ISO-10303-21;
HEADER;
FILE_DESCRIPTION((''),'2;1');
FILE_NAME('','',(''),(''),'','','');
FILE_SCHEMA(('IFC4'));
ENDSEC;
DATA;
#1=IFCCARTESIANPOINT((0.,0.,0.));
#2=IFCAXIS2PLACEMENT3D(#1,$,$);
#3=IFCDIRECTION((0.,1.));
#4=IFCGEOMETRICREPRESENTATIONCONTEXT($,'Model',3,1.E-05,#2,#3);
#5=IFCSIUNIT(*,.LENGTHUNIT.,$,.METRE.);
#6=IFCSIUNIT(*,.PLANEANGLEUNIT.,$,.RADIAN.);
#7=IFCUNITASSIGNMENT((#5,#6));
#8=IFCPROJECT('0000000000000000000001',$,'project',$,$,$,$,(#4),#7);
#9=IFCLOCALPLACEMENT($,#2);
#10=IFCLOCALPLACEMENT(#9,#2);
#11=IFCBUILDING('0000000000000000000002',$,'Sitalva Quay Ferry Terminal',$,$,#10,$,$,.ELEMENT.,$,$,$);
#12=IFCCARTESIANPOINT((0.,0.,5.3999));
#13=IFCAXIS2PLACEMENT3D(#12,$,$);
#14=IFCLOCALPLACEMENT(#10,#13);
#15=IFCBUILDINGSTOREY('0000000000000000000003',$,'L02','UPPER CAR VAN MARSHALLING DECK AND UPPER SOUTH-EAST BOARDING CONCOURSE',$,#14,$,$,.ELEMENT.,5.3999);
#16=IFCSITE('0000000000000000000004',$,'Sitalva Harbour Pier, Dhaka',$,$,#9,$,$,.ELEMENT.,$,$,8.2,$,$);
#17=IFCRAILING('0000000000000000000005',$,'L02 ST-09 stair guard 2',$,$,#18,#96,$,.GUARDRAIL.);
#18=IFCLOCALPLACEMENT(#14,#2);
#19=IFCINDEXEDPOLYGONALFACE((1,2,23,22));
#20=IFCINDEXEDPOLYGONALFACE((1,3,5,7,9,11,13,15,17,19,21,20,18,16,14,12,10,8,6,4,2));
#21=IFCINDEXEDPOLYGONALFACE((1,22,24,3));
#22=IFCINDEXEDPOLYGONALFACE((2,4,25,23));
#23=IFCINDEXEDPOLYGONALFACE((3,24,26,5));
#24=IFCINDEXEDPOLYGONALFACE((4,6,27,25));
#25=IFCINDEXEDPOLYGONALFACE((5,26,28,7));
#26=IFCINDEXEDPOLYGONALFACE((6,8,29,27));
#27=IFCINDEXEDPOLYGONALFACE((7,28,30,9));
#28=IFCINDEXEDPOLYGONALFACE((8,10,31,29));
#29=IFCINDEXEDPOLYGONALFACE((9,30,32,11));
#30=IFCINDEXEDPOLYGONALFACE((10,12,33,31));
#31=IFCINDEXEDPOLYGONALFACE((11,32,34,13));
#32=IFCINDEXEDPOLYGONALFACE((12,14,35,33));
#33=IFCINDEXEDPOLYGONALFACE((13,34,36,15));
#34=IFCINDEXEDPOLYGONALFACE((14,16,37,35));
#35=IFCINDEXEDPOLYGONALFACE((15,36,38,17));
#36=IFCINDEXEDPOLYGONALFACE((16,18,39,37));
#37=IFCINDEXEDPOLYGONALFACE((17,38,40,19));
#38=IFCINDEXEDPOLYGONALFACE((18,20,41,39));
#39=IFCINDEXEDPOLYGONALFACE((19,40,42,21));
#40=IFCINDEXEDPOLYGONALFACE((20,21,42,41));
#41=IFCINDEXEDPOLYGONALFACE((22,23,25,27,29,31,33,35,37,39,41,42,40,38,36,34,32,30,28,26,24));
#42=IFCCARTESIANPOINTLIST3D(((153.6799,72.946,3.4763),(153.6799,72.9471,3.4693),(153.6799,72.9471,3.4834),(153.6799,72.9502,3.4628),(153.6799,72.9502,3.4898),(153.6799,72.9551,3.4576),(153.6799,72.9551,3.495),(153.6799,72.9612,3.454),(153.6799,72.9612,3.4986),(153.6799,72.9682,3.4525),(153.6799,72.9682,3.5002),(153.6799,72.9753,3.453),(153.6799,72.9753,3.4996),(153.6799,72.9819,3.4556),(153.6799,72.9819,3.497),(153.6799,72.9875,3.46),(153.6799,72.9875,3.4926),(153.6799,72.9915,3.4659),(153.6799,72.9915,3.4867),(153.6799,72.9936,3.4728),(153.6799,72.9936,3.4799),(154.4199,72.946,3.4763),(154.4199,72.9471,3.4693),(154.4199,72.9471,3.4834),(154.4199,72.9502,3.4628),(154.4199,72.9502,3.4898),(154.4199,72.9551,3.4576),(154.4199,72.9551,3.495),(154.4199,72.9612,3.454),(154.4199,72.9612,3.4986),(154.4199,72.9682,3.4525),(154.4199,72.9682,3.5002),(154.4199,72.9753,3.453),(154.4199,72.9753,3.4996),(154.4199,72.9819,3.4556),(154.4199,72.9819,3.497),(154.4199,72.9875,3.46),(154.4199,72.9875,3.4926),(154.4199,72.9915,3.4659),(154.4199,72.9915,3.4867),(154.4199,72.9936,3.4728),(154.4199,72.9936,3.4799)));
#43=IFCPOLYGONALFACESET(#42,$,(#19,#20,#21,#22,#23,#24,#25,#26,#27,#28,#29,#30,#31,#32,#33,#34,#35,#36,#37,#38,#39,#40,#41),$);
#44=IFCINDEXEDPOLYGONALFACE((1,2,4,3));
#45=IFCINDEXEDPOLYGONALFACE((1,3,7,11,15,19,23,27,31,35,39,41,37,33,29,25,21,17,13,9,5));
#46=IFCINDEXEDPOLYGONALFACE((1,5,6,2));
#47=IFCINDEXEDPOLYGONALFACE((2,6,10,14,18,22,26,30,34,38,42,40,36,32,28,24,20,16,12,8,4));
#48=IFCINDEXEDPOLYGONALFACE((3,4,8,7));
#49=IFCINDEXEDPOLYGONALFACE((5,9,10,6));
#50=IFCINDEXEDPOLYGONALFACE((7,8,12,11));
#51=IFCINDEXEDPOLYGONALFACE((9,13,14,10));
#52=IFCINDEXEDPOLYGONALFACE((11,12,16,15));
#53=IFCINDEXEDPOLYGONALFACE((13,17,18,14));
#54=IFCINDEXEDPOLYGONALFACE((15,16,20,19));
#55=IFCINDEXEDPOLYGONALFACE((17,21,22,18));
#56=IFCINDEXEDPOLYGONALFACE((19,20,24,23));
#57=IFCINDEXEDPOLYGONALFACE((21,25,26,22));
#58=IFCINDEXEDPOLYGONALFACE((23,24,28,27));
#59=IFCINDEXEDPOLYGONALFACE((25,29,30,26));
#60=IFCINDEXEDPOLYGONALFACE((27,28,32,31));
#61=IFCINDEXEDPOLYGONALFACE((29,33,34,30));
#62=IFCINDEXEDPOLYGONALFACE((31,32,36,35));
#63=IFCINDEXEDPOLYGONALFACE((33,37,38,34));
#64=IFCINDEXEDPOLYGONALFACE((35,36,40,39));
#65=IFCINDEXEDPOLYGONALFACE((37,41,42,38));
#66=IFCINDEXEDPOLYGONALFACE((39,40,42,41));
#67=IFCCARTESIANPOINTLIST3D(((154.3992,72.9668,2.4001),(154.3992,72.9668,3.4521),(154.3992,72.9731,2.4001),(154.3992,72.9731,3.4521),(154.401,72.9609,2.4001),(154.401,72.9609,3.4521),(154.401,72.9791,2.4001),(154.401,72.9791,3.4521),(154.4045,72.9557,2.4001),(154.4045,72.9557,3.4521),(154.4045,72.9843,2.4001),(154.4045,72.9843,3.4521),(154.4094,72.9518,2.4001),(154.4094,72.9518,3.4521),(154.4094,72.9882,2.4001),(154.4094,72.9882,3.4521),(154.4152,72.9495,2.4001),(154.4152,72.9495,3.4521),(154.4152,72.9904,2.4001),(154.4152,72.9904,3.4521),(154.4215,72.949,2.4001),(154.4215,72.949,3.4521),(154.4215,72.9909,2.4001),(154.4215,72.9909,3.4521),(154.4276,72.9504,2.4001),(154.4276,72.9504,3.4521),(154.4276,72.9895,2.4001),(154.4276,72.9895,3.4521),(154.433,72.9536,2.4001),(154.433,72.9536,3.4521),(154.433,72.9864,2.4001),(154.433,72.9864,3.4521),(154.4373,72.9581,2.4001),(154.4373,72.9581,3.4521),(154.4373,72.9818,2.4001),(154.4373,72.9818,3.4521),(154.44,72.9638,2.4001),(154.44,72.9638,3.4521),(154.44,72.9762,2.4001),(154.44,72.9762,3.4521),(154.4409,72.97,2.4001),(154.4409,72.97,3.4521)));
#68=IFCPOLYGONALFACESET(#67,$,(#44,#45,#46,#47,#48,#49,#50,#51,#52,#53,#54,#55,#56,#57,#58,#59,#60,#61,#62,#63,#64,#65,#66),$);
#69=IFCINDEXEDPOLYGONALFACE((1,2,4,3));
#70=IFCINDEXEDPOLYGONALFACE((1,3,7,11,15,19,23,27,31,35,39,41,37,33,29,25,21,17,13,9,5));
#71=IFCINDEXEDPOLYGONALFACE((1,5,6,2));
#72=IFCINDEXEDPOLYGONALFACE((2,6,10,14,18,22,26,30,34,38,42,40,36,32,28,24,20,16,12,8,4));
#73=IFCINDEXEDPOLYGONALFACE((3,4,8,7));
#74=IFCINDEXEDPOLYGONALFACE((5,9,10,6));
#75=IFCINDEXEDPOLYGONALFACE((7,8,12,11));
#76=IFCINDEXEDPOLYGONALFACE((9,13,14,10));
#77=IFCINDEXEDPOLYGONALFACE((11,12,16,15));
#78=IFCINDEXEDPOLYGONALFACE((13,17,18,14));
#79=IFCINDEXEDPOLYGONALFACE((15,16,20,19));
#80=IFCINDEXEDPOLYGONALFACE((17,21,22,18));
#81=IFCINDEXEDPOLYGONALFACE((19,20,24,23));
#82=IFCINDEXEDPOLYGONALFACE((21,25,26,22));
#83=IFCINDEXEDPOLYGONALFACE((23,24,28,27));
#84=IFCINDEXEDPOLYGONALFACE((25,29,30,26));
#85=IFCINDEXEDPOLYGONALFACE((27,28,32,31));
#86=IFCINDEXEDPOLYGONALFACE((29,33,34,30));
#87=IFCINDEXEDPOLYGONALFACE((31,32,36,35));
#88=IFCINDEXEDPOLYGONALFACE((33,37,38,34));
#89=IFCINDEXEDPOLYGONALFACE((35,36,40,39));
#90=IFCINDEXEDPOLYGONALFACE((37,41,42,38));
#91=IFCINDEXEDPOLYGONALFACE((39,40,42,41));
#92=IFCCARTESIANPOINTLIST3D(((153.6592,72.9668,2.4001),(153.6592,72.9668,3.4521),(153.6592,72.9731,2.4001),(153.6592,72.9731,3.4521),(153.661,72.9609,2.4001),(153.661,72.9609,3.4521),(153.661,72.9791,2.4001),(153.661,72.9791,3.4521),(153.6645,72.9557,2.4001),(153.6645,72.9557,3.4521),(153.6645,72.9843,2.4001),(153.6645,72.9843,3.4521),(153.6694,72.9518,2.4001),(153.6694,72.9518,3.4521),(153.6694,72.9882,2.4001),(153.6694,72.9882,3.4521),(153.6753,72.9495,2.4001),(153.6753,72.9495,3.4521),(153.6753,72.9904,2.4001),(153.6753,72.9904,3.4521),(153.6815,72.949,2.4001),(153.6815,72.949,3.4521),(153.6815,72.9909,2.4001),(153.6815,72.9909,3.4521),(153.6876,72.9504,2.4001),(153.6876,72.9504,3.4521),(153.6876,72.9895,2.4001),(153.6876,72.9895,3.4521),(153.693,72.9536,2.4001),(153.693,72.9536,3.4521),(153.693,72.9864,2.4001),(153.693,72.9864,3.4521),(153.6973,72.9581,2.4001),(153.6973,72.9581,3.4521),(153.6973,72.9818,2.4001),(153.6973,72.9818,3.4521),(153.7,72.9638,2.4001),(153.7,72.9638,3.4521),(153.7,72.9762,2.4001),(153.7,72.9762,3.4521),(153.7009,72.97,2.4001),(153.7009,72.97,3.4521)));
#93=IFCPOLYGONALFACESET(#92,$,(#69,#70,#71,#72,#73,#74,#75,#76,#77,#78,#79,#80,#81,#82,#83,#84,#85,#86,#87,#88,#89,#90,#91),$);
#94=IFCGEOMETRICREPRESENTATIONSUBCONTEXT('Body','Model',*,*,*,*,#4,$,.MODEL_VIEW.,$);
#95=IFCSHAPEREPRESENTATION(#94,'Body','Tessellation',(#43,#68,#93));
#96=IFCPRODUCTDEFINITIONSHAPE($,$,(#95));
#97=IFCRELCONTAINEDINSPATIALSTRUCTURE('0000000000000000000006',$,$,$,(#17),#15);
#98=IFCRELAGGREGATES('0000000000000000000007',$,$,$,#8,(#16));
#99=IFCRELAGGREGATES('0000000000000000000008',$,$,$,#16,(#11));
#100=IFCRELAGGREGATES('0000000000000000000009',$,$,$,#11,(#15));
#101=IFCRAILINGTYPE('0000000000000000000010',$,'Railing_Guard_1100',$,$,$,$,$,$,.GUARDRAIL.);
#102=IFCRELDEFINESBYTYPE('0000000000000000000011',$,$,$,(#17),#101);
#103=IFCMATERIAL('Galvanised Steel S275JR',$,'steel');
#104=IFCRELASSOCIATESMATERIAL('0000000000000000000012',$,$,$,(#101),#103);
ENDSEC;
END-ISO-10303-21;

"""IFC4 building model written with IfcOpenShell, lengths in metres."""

from ifc_helpers import new_model, si_unit, direction, frame, origin, origin_2d, place, context, subcontext, project, spatial, circle, extrude, material, type_object, element, save


model = new_model("IFC4")

# Units and contexts
model_context = context("Model", 3, precision=1e-05, world=origin(), true_north=direction((0.0, 1.0)))
body_context = subcontext(model_context, "Body", "Model", "MODEL_VIEW")
ifc_project = project(units=[si_unit("LENGTHUNIT", "METRE"), si_unit("PLANEANGLEUNIT", "RADIAN")], contexts=[model_context])

# Site, building, storey
site_placement = place(None, origin())
site = spatial("IfcSite", under=ifc_project, at=site_placement, Name="Sitalva Harbour Pier, Dhaka", CompositionType="ELEMENT", RefElevation=8.2)
building_placement = place(site_placement, origin())
building = spatial("IfcBuilding", under=site, at=building_placement, Name="Sitalva Quay Ferry Terminal", CompositionType="ELEMENT")
storey_placement = place(building_placement, frame((0.0, 0.0, 5.3999)))
storey = spatial("IfcBuildingStorey", under=building, at=storey_placement, Name="L02", Description="UPPER CAR VAN MARSHALLING DECK AND UPPER SOUTH-EAST BOARDING CONCOURSE", CompositionType="ELEMENT", Elevation=5.3999)

# Railing
ifc_material_1 = material(Name="Galvanised Steel S275JR", Category="steel")
railing_type_1 = type_object("IfcRailingType", Name="Railing_Guard_1100", PredefinedType="GUARDRAIL", material=ifc_material_1)
railing_1_placement = place(storey_placement, frame((154.4199, 72.97, 2.4001)))
element("IfcRailing", 1, at=railing_1_placement, inside=storey, type_object=railing_type_1, Name="L02 ST-09 stair guard 2", PredefinedType="GUARDRAIL", context=body_context, shape_type="SweptSolid", body=[
    extrude(circle(Radius=0.0239, at=origin_2d()), frame((0.0, 0.0, 1.0762), z_axis=(-1.0, 0.0, 0.0), x_axis=(0.0, -1.0, 0.0)), (0.0, 0.0, 1.0), 0.74),
    extrude(circle(Radius=0.021, at=origin_2d()), origin(), (0.0, 0.0, 1.0), 1.052),
    extrude(circle(Radius=0.021, at=origin_2d()), frame((-0.74, 0.0, 0.0)), (0.0, 0.0, 1.0), 1.052),
])

save(model, "model.ifc")
